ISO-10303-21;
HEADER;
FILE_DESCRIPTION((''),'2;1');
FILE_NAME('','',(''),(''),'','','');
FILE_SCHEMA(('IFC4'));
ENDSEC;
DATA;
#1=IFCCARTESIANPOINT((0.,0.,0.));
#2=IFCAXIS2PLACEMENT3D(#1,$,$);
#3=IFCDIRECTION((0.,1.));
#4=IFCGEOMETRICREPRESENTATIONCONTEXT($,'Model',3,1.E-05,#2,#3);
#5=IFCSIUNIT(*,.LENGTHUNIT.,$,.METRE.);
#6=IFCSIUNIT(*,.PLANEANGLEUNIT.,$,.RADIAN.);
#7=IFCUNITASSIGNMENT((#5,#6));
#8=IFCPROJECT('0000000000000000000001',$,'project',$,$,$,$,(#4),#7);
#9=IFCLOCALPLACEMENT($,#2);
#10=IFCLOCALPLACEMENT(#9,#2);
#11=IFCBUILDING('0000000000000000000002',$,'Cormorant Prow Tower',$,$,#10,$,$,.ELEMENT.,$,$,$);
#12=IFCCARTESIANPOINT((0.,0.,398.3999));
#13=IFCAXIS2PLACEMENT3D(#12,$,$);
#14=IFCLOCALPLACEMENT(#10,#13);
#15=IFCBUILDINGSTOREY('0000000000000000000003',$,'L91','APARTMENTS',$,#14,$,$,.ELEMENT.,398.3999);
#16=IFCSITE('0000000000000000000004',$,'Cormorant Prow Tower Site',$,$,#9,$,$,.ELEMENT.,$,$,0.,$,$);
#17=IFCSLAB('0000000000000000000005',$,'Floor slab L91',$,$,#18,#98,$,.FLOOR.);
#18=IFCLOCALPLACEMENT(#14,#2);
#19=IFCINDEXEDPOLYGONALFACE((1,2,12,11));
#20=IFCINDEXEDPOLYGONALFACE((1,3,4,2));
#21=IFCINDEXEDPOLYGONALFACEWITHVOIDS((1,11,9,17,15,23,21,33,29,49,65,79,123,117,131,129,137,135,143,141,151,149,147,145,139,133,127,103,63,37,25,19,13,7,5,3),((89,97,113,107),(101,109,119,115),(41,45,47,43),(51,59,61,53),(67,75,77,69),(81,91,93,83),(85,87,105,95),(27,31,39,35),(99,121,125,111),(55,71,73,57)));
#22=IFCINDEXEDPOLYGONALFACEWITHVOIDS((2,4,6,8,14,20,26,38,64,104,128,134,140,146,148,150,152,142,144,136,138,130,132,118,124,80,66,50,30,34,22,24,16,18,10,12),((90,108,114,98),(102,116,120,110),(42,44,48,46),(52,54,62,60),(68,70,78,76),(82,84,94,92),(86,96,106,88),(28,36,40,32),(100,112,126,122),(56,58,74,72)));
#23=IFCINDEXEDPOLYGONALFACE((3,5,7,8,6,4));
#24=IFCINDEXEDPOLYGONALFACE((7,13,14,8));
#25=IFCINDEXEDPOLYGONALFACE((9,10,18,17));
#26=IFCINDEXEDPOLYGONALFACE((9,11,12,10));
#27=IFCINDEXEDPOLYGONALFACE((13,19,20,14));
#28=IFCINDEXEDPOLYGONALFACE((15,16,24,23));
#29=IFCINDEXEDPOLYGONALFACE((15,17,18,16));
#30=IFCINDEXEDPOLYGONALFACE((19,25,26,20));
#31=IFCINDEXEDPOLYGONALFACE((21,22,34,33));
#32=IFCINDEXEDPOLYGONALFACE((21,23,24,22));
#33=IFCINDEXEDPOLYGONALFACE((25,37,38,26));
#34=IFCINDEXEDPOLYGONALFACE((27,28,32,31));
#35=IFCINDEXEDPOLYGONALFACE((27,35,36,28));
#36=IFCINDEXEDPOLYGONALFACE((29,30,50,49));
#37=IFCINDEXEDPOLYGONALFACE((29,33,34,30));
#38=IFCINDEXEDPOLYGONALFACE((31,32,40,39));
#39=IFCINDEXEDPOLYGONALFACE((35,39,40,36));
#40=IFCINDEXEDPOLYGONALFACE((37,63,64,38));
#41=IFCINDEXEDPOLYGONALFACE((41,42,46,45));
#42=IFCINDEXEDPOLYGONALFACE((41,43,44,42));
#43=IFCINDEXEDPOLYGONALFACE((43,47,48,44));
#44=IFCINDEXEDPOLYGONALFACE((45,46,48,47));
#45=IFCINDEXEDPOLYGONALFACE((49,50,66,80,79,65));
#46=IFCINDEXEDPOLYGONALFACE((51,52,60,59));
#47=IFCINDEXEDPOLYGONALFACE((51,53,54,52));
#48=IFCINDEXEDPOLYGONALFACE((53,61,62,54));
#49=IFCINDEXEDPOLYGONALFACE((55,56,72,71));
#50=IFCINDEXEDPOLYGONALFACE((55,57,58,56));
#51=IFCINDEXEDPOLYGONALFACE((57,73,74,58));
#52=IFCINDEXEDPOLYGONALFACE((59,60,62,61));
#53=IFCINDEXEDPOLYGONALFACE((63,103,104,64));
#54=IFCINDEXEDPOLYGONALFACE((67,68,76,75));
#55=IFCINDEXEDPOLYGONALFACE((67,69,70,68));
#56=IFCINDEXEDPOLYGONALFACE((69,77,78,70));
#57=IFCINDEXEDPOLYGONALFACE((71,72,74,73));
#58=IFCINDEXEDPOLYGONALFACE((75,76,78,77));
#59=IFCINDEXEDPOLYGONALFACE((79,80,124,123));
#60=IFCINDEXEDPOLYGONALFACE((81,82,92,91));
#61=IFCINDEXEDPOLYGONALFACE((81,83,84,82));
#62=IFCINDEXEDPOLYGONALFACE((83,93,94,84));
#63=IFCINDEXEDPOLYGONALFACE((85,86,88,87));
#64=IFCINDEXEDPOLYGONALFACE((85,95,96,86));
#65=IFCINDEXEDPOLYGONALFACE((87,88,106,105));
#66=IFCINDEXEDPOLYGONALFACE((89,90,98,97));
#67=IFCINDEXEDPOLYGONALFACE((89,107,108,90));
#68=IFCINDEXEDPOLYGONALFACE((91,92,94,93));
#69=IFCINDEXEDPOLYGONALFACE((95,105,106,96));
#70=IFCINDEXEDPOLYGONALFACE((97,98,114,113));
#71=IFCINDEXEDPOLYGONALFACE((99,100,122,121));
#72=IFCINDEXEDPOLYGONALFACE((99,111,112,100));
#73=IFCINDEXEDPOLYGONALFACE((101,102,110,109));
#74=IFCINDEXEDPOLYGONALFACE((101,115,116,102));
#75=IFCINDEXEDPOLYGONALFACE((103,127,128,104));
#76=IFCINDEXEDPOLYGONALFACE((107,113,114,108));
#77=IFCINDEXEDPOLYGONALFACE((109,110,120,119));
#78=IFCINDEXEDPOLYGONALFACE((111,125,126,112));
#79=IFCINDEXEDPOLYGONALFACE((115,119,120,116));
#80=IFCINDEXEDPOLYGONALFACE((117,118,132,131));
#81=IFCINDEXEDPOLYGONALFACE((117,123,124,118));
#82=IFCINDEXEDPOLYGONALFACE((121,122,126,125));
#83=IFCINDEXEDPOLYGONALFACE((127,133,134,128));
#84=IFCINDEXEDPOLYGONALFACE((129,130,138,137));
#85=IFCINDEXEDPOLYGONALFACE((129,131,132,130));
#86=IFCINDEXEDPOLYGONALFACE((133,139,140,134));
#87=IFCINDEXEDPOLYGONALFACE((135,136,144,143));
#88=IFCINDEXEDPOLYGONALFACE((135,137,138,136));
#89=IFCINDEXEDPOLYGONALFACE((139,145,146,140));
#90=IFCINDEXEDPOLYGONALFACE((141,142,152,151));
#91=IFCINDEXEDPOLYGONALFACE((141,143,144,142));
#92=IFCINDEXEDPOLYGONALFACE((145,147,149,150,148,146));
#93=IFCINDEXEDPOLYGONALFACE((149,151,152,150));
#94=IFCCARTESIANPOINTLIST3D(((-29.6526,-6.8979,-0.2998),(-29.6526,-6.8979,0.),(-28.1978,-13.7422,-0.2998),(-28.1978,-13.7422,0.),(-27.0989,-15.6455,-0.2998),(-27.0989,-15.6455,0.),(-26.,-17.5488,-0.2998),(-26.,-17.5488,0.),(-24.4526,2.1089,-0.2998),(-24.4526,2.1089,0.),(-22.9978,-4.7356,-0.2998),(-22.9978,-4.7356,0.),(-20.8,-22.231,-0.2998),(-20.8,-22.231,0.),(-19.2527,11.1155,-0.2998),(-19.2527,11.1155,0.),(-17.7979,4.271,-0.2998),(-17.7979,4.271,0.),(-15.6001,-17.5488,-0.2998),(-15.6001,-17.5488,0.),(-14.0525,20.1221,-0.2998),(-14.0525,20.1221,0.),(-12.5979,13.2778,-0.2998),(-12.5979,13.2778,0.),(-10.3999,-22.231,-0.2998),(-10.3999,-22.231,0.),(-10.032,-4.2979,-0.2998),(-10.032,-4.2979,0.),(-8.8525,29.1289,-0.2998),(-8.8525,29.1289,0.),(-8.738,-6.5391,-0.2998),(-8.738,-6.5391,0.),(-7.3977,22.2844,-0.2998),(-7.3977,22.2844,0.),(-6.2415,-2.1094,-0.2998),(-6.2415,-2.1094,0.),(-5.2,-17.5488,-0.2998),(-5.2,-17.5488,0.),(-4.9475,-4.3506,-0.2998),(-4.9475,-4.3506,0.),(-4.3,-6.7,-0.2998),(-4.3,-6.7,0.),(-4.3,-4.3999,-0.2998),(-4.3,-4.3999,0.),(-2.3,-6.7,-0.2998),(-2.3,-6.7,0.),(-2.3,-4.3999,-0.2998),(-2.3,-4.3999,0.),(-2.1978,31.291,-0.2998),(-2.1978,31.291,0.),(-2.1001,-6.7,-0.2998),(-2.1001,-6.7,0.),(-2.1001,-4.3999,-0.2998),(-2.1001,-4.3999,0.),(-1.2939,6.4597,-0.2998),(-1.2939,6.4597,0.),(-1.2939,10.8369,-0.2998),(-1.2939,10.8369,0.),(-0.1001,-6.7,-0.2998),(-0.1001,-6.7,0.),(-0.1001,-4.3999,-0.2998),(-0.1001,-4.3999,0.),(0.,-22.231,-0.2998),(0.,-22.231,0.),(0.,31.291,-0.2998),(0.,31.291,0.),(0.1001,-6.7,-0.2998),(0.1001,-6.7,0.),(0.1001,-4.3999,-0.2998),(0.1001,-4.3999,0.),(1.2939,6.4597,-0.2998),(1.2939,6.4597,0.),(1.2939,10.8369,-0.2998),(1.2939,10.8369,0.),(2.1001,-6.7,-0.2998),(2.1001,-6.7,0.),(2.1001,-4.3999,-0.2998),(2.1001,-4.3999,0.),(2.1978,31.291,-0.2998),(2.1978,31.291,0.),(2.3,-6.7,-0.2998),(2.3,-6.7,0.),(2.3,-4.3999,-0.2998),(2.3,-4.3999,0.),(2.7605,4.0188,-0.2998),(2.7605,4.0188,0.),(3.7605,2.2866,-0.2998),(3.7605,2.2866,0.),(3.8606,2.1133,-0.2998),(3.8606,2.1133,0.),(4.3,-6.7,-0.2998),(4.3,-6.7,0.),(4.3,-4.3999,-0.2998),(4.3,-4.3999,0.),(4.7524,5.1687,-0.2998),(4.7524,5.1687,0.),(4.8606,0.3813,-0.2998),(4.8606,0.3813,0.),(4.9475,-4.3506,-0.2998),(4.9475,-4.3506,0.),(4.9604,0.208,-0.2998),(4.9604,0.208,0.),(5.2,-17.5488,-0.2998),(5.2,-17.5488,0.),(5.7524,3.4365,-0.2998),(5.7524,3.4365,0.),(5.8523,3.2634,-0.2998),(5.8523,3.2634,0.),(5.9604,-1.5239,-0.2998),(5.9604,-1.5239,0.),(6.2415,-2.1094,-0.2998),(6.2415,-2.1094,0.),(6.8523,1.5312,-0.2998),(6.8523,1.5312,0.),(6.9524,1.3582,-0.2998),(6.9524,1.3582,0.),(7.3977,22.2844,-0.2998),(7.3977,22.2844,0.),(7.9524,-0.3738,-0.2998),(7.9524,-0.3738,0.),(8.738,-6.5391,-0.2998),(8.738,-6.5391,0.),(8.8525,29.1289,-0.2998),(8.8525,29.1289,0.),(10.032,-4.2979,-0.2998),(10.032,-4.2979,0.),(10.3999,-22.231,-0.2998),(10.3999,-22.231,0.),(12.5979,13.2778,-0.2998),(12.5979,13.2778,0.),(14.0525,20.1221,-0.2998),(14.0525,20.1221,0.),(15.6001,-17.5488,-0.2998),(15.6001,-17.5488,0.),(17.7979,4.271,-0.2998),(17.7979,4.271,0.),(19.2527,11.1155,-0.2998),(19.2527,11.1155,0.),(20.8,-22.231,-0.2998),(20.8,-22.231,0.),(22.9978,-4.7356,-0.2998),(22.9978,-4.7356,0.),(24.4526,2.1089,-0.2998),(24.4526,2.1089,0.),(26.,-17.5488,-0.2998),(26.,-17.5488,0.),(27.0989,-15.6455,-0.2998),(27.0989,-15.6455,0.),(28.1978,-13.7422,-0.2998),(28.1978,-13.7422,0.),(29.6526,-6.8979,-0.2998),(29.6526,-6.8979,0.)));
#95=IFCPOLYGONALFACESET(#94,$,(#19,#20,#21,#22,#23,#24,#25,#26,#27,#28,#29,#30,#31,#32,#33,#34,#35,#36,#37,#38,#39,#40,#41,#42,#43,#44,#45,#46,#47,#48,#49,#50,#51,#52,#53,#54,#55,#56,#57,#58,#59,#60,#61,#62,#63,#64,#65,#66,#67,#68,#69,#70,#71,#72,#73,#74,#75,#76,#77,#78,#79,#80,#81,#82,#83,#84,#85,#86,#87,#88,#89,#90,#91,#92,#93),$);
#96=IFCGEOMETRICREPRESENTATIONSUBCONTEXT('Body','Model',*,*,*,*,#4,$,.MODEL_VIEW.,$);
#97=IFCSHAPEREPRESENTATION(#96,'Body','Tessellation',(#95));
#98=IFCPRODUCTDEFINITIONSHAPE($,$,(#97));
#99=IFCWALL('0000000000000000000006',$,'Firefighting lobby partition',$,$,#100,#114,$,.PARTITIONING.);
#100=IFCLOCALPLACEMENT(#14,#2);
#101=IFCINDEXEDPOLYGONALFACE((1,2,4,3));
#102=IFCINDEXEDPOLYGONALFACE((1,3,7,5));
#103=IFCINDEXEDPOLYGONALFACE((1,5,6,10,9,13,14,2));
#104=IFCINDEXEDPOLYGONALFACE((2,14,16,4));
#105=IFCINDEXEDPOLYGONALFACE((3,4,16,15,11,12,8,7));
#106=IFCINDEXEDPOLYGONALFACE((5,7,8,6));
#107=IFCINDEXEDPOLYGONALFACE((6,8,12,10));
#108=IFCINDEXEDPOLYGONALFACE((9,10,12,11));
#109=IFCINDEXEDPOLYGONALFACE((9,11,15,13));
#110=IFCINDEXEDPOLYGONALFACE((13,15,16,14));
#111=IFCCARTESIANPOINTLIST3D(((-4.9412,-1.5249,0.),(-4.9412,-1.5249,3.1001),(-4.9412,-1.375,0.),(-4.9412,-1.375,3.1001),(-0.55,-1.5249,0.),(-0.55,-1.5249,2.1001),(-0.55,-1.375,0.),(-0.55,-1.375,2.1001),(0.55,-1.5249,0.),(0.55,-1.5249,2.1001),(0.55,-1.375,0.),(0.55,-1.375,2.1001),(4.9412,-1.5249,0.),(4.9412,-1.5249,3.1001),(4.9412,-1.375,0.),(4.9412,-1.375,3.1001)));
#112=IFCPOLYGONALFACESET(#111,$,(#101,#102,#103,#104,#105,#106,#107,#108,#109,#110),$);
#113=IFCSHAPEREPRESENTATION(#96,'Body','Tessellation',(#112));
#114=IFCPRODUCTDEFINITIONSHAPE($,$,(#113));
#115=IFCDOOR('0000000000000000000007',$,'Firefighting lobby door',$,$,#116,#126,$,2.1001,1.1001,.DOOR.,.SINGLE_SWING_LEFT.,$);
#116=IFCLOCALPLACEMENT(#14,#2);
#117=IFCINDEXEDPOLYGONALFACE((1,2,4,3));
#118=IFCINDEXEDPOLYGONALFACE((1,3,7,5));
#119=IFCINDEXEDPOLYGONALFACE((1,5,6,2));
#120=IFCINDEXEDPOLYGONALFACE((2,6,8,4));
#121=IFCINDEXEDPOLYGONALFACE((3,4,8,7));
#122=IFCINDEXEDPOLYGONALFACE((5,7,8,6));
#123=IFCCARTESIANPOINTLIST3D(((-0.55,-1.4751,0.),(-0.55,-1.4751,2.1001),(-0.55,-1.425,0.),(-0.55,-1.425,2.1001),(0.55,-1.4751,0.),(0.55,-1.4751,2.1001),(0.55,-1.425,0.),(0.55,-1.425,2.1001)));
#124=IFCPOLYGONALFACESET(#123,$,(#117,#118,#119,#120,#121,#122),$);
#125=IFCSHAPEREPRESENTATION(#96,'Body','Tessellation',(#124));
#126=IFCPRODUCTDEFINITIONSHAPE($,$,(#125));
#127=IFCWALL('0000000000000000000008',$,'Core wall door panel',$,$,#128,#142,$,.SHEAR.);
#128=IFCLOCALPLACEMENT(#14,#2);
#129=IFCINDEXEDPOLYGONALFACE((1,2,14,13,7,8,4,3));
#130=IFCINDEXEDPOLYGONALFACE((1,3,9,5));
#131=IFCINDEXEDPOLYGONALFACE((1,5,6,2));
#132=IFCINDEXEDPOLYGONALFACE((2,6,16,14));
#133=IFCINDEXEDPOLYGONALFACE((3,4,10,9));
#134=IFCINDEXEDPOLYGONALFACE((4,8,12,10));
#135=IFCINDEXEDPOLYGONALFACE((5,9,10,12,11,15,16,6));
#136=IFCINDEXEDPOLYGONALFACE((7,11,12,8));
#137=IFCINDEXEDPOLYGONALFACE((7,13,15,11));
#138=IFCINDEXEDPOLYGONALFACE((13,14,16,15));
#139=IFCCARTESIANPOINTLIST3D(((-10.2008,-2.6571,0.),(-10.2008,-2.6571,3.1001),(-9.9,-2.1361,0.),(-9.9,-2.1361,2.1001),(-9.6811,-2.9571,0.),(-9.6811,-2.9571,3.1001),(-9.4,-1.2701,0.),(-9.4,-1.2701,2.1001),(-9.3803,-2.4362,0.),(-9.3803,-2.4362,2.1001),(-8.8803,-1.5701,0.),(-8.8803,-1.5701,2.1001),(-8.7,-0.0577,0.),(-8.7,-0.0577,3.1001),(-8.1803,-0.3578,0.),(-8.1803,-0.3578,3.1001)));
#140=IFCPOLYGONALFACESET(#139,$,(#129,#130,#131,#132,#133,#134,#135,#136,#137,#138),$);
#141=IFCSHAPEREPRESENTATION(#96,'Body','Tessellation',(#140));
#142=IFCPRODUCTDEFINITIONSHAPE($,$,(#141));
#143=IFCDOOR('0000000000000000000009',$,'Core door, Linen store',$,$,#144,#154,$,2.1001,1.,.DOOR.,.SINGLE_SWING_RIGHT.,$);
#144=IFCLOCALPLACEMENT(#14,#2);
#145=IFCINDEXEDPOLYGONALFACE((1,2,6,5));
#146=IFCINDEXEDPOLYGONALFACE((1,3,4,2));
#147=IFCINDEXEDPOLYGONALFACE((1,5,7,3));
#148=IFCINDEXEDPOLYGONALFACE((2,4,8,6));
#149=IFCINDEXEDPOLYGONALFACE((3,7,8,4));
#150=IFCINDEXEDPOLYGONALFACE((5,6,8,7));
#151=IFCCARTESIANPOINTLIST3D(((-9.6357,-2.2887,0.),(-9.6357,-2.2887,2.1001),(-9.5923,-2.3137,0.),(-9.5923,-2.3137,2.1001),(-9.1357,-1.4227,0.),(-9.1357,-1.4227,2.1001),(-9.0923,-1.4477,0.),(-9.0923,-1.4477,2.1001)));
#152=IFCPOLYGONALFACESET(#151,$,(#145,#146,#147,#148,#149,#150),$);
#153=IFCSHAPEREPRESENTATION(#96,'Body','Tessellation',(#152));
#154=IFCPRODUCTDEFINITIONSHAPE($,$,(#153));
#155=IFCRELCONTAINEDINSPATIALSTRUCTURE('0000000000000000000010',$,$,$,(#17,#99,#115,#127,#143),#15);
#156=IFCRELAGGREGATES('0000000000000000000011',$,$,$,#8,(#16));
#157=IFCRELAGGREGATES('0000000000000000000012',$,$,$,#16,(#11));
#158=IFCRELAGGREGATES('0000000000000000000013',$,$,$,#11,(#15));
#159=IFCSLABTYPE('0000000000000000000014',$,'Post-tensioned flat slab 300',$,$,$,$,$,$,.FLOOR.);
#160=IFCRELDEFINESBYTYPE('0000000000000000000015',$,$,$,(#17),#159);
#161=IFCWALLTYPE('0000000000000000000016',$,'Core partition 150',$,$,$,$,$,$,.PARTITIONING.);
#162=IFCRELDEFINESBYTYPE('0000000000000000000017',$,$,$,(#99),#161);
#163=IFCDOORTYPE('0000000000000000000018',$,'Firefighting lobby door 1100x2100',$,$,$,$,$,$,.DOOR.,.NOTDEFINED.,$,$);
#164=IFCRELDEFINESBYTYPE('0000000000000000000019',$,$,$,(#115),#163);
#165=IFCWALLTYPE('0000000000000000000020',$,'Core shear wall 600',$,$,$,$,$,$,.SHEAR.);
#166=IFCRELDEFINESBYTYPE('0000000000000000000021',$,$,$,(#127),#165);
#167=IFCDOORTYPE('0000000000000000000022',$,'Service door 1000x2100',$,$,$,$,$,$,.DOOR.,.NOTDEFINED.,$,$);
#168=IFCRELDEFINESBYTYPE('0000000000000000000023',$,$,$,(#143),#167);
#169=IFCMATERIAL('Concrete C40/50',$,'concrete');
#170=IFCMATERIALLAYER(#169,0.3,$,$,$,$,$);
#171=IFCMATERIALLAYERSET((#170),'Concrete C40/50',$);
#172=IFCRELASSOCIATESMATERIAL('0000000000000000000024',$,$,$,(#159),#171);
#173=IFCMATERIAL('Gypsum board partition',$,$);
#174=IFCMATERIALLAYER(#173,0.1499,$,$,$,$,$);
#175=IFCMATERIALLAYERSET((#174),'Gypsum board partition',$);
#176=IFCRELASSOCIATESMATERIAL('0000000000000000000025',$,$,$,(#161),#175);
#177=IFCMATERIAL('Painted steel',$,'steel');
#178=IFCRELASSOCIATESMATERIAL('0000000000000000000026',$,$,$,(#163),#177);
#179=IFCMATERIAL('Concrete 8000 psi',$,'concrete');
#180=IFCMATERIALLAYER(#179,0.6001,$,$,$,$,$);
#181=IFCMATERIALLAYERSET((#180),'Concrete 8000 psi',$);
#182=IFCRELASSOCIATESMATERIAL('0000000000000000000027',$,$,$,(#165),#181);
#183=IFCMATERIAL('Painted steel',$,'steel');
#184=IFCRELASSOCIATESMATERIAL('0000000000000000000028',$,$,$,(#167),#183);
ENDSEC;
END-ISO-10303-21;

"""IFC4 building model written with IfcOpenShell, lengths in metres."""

from ifc_helpers import new_model, si_unit, direction, frame, frame_2d, origin, place, context, subcontext, project, spatial, polyline, rectangle, outline, extrude, material, layer, layer_set, type_object, element, fill, save


model = new_model("IFC4")

# Units and contexts
model_context = context("Model", 3, precision=1e-05, world=origin(), true_north=direction((0.0, 1.0)))
body_context = subcontext(model_context, "Body", "Model", "MODEL_VIEW")
ifc_project = project(units=[si_unit("LENGTHUNIT", "METRE"), si_unit("PLANEANGLEUNIT", "RADIAN")], contexts=[model_context])

# Site, building, storey
site_placement = place(None, origin())
site = spatial("IfcSite", under=ifc_project, at=site_placement, Name="Cormorant Prow Tower Site", CompositionType="ELEMENT", RefElevation=0.0)
building_placement = place(site_placement, origin())
building = spatial("IfcBuilding", under=site, at=building_placement, Name="Cormorant Prow Tower", CompositionType="ELEMENT")
storey_placement = place(building_placement, frame((0.0, 0.0, 398.3999)))
storey = spatial("IfcBuildingStorey", under=building, at=storey_placement, Name="L91", Description="APARTMENTS", CompositionType="ELEMENT", Elevation=398.3999)

# Slab
ifc_material_1 = material(Name="Concrete C40/50", Category="concrete")
ifc_layer_1 = layer(ifc_material_1, 0.3)
ifc_layer_set_1 = layer_set([ifc_layer_1], Name="Concrete C40/50")
slab_type_1 = type_object("IfcSlabType", Name="Post-tensioned flat slab 300", PredefinedType="FLOOR", material=ifc_layer_set_1)
slab_1_placement = place(storey_placement, frame((0.0, 0.0, -0.2998)))
element("IfcSlab", 1, at=slab_1_placement, inside=storey, type_object=slab_type_1, Name="Floor slab L91", PredefinedType="FLOOR", context=body_context, shape_type="SweptSolid", body=[
    extrude(outline(polyline([(-7.3977, 22.2844), (-14.0525, 20.1221), (-12.5979, 13.2778), (-19.2527, 11.1155), (-17.7979, 4.271), (-24.4526, 2.1089), (-22.9978, -4.7356), (-29.6526, -6.8979), (-28.1978, -13.7422), (-27.0989, -15.6455), (-26.0, -17.5488), (-20.8, -22.231), (-15.6001, -17.5488), (-10.3999, -22.231), (-5.2, -17.5488), (0.0, -22.231), (5.2, -17.5488), (10.3999, -22.231), (15.6001, -17.5488), (20.8, -22.231), (26.0, -17.5488), (27.0989, -15.6455), (28.1978, -13.7422), (29.6526, -6.8979), (22.9978, -4.7356), (24.4526, 2.1089), (17.7979, 4.271), (19.2527, 11.1155), (12.5979, 13.2778), (14.0525, 20.1221), (7.3977, 22.2844), (8.8525, 29.1289), (2.1978, 31.291), (0.0, 31.291), (-2.1978, 31.291), (-8.8525, 29.1289), (-7.3977, 22.2844)]), holes=[polyline([(-4.3, -4.3999), (-2.3, -4.3999), (-2.3, -6.7), (-4.3, -6.7), (-4.3, -4.3999)]), polyline([(-0.1001, -4.3999), (-0.1001, -6.7), (-2.1001, -6.7), (-2.1001, -4.3999), (-0.1001, -4.3999)]), polyline([(2.1001, -6.7), (0.1001, -6.7), (0.1001, -4.3999), (2.1001, -4.3999), (2.1001, -6.7)]), polyline([(2.3, -6.7), (2.3, -4.3999), (4.3, -4.3999), (4.3, -6.7), (2.3, -6.7)]), polyline([(5.9604, -1.5239), (4.9604, 0.208), (6.9524, 1.3582), (7.9524, -0.3738), (5.9604, -1.5239)]), polyline([(3.8606, 2.1133), (5.8523, 3.2634), (6.8523, 1.5312), (4.8606, 0.3813), (3.8606, 2.1133)]), polyline([(4.7524, 5.1687), (5.7524, 3.4365), (3.7605, 2.2866), (2.7605, 4.0188), (4.7524, 5.1687)]), polyline([(-4.9475, -4.3506), (-8.738, -6.5391), (-10.032, -4.2979), (-6.2415, -2.1094), (-4.9475, -4.3506)]), polyline([(10.032, -4.2979), (8.738, -6.5391), (4.9475, -4.3506), (6.2415, -2.1094), (10.032, -4.2979)]), polyline([(1.2939, 10.8369), (1.2939, 6.4597), (-1.2939, 6.4597), (-1.2939, 10.8369), (1.2939, 10.8369)])]), origin(), (0.0, 0.0, 1.0), 0.2998),
])

# Walls, openings, doors
ifc_material_2 = material(Name="Gypsum board partition")
ifc_layer_2 = layer(ifc_material_2, 0.1499)
ifc_layer_set_2 = layer_set([ifc_layer_2], Name="Gypsum board partition")
wall_type_1 = type_object("IfcWallType", Name="Core partition 150", PredefinedType="PARTITIONING", material=ifc_layer_set_2)
wall_1_placement = place(storey_placement, frame((-4.9412, -1.45, 0.0), z_axis=(0.0, 0.0, 1.0), x_axis=(1.0, 0.0, 0.0)))
wall_1 = element("IfcWall", 2, at=wall_1_placement, inside=storey, type_object=wall_type_1, Name="Firefighting lobby partition", PredefinedType="PARTITIONING", context=body_context, shape_type="SweptSolid", body=[
    extrude(rectangle(XDim=9.8823, YDim=0.1499, at=frame_2d((4.9412, 0.0))), origin(), (0.0, 0.0, 1.0), 3.1001),
])
opening_1_placement = place(wall_1_placement, frame((4.3911, 0.0, 0.0)))
opening_1 = element("IfcOpeningElement", 3, at=opening_1_placement, cuts=wall_1, PredefinedType="OPENING", context=body_context, shape_type="SweptSolid", body=[
    extrude(rectangle(XDim=1.1001, YDim=2.1001, at=frame_2d((0.55, 1.05))), frame((0.0, 0.085, 0.0), z_axis=(0.0, -1.0, 0.0), x_axis=(1.0, 0.0, 0.0)), (0.0, 0.0, 1.0), 0.1699),
])
ifc_material_3 = material(Name="Painted steel", Category="steel")
door_type_1 = type_object("IfcDoorType", Name="Firefighting lobby door 1100x2100", OperationType="NOTDEFINED", PredefinedType="DOOR", material=ifc_material_3)
door_1_placement = place(opening_1_placement, origin())
door_1 = element("IfcDoor", 4, at=door_1_placement, inside=storey, type_object=door_type_1, Name="Firefighting lobby door", OperationType="SINGLE_SWING_LEFT", OverallHeight=2.1001, OverallWidth=1.1001, PredefinedType="DOOR", context=body_context, shape_type="SweptSolid", body=[
    extrude(rectangle(XDim=1.1001, YDim=2.1001, at=frame_2d((0.55, 1.05))), frame((0.0, 0.0249, 0.0), z_axis=(0.0, -1.0, 0.0), x_axis=(1.0, 0.0, 0.0)), (0.0, 0.0, 1.0), 0.05),
])
fill(opening_1, door_1)
ifc_material_4 = material(Name="Concrete 8000 psi", Category="concrete")
ifc_layer_3 = layer(ifc_material_4, 0.6001)
ifc_layer_set_3 = layer_set([ifc_layer_3], Name="Concrete 8000 psi")
wall_type_2 = type_object("IfcWallType", Name="Core shear wall 600", PredefinedType="SHEAR", material=ifc_layer_set_3)
wall_2_placement = place(storey_placement, frame((-8.4402, -0.2078, 0.0), z_axis=(0.0, 0.0, 1.0), x_axis=(-0.499997, -0.866027, 0.0)))
wall_2 = element("IfcWall", 5, at=wall_2_placement, inside=storey, type_object=wall_type_2, Name="Core wall door panel", PredefinedType="SHEAR", context=body_context, shape_type="SweptSolid", body=[
    extrude(rectangle(XDim=3.0015, YDim=0.6001, at=frame_2d((1.5007, 0.0))), origin(), (0.0, 0.0, 1.0), 3.1001),
])
opening_2_placement = place(wall_2_placement, frame((1.3999, 0.0, 0.0)))
opening_2 = element("IfcOpeningElement", 6, at=opening_2_placement, cuts=wall_2, PredefinedType="OPENING", context=body_context, shape_type="SweptSolid", body=[
    extrude(rectangle(XDim=1.0, YDim=2.1001, at=frame_2d((0.5, 1.05))), frame((0.0, 0.3101, 0.0), z_axis=(0.0, -1.0, 0.0), x_axis=(1.0, 0.0, 0.0)), (0.0, 0.0, 1.0), 0.6201),
])
ifc_material_5 = material(Name="Painted steel", Category="steel")
door_type_2 = type_object("IfcDoorType", Name="Service door 1000x2100", OperationType="NOTDEFINED", PredefinedType="DOOR", material=ifc_material_5)
door_2_placement = place(opening_2_placement, origin())
door_2 = element("IfcDoor", 7, at=door_2_placement, inside=storey, type_object=door_type_2, Name="Core door, Linen store", OperationType="SINGLE_SWING_RIGHT", OverallHeight=2.1001, OverallWidth=1.0, PredefinedType="DOOR", context=body_context, shape_type="SweptSolid", body=[
    extrude(rectangle(XDim=1.0, YDim=2.1001, at=frame_2d((0.5, 1.05))), frame((0.0, 0.0552, 0.0), z_axis=(0.0, -1.0, 0.0), x_axis=(1.0, 0.0, 0.0)), (0.0, 0.0, 1.0), 0.05),
])
fill(opening_2, door_2)

save(model, "model.ifc")
